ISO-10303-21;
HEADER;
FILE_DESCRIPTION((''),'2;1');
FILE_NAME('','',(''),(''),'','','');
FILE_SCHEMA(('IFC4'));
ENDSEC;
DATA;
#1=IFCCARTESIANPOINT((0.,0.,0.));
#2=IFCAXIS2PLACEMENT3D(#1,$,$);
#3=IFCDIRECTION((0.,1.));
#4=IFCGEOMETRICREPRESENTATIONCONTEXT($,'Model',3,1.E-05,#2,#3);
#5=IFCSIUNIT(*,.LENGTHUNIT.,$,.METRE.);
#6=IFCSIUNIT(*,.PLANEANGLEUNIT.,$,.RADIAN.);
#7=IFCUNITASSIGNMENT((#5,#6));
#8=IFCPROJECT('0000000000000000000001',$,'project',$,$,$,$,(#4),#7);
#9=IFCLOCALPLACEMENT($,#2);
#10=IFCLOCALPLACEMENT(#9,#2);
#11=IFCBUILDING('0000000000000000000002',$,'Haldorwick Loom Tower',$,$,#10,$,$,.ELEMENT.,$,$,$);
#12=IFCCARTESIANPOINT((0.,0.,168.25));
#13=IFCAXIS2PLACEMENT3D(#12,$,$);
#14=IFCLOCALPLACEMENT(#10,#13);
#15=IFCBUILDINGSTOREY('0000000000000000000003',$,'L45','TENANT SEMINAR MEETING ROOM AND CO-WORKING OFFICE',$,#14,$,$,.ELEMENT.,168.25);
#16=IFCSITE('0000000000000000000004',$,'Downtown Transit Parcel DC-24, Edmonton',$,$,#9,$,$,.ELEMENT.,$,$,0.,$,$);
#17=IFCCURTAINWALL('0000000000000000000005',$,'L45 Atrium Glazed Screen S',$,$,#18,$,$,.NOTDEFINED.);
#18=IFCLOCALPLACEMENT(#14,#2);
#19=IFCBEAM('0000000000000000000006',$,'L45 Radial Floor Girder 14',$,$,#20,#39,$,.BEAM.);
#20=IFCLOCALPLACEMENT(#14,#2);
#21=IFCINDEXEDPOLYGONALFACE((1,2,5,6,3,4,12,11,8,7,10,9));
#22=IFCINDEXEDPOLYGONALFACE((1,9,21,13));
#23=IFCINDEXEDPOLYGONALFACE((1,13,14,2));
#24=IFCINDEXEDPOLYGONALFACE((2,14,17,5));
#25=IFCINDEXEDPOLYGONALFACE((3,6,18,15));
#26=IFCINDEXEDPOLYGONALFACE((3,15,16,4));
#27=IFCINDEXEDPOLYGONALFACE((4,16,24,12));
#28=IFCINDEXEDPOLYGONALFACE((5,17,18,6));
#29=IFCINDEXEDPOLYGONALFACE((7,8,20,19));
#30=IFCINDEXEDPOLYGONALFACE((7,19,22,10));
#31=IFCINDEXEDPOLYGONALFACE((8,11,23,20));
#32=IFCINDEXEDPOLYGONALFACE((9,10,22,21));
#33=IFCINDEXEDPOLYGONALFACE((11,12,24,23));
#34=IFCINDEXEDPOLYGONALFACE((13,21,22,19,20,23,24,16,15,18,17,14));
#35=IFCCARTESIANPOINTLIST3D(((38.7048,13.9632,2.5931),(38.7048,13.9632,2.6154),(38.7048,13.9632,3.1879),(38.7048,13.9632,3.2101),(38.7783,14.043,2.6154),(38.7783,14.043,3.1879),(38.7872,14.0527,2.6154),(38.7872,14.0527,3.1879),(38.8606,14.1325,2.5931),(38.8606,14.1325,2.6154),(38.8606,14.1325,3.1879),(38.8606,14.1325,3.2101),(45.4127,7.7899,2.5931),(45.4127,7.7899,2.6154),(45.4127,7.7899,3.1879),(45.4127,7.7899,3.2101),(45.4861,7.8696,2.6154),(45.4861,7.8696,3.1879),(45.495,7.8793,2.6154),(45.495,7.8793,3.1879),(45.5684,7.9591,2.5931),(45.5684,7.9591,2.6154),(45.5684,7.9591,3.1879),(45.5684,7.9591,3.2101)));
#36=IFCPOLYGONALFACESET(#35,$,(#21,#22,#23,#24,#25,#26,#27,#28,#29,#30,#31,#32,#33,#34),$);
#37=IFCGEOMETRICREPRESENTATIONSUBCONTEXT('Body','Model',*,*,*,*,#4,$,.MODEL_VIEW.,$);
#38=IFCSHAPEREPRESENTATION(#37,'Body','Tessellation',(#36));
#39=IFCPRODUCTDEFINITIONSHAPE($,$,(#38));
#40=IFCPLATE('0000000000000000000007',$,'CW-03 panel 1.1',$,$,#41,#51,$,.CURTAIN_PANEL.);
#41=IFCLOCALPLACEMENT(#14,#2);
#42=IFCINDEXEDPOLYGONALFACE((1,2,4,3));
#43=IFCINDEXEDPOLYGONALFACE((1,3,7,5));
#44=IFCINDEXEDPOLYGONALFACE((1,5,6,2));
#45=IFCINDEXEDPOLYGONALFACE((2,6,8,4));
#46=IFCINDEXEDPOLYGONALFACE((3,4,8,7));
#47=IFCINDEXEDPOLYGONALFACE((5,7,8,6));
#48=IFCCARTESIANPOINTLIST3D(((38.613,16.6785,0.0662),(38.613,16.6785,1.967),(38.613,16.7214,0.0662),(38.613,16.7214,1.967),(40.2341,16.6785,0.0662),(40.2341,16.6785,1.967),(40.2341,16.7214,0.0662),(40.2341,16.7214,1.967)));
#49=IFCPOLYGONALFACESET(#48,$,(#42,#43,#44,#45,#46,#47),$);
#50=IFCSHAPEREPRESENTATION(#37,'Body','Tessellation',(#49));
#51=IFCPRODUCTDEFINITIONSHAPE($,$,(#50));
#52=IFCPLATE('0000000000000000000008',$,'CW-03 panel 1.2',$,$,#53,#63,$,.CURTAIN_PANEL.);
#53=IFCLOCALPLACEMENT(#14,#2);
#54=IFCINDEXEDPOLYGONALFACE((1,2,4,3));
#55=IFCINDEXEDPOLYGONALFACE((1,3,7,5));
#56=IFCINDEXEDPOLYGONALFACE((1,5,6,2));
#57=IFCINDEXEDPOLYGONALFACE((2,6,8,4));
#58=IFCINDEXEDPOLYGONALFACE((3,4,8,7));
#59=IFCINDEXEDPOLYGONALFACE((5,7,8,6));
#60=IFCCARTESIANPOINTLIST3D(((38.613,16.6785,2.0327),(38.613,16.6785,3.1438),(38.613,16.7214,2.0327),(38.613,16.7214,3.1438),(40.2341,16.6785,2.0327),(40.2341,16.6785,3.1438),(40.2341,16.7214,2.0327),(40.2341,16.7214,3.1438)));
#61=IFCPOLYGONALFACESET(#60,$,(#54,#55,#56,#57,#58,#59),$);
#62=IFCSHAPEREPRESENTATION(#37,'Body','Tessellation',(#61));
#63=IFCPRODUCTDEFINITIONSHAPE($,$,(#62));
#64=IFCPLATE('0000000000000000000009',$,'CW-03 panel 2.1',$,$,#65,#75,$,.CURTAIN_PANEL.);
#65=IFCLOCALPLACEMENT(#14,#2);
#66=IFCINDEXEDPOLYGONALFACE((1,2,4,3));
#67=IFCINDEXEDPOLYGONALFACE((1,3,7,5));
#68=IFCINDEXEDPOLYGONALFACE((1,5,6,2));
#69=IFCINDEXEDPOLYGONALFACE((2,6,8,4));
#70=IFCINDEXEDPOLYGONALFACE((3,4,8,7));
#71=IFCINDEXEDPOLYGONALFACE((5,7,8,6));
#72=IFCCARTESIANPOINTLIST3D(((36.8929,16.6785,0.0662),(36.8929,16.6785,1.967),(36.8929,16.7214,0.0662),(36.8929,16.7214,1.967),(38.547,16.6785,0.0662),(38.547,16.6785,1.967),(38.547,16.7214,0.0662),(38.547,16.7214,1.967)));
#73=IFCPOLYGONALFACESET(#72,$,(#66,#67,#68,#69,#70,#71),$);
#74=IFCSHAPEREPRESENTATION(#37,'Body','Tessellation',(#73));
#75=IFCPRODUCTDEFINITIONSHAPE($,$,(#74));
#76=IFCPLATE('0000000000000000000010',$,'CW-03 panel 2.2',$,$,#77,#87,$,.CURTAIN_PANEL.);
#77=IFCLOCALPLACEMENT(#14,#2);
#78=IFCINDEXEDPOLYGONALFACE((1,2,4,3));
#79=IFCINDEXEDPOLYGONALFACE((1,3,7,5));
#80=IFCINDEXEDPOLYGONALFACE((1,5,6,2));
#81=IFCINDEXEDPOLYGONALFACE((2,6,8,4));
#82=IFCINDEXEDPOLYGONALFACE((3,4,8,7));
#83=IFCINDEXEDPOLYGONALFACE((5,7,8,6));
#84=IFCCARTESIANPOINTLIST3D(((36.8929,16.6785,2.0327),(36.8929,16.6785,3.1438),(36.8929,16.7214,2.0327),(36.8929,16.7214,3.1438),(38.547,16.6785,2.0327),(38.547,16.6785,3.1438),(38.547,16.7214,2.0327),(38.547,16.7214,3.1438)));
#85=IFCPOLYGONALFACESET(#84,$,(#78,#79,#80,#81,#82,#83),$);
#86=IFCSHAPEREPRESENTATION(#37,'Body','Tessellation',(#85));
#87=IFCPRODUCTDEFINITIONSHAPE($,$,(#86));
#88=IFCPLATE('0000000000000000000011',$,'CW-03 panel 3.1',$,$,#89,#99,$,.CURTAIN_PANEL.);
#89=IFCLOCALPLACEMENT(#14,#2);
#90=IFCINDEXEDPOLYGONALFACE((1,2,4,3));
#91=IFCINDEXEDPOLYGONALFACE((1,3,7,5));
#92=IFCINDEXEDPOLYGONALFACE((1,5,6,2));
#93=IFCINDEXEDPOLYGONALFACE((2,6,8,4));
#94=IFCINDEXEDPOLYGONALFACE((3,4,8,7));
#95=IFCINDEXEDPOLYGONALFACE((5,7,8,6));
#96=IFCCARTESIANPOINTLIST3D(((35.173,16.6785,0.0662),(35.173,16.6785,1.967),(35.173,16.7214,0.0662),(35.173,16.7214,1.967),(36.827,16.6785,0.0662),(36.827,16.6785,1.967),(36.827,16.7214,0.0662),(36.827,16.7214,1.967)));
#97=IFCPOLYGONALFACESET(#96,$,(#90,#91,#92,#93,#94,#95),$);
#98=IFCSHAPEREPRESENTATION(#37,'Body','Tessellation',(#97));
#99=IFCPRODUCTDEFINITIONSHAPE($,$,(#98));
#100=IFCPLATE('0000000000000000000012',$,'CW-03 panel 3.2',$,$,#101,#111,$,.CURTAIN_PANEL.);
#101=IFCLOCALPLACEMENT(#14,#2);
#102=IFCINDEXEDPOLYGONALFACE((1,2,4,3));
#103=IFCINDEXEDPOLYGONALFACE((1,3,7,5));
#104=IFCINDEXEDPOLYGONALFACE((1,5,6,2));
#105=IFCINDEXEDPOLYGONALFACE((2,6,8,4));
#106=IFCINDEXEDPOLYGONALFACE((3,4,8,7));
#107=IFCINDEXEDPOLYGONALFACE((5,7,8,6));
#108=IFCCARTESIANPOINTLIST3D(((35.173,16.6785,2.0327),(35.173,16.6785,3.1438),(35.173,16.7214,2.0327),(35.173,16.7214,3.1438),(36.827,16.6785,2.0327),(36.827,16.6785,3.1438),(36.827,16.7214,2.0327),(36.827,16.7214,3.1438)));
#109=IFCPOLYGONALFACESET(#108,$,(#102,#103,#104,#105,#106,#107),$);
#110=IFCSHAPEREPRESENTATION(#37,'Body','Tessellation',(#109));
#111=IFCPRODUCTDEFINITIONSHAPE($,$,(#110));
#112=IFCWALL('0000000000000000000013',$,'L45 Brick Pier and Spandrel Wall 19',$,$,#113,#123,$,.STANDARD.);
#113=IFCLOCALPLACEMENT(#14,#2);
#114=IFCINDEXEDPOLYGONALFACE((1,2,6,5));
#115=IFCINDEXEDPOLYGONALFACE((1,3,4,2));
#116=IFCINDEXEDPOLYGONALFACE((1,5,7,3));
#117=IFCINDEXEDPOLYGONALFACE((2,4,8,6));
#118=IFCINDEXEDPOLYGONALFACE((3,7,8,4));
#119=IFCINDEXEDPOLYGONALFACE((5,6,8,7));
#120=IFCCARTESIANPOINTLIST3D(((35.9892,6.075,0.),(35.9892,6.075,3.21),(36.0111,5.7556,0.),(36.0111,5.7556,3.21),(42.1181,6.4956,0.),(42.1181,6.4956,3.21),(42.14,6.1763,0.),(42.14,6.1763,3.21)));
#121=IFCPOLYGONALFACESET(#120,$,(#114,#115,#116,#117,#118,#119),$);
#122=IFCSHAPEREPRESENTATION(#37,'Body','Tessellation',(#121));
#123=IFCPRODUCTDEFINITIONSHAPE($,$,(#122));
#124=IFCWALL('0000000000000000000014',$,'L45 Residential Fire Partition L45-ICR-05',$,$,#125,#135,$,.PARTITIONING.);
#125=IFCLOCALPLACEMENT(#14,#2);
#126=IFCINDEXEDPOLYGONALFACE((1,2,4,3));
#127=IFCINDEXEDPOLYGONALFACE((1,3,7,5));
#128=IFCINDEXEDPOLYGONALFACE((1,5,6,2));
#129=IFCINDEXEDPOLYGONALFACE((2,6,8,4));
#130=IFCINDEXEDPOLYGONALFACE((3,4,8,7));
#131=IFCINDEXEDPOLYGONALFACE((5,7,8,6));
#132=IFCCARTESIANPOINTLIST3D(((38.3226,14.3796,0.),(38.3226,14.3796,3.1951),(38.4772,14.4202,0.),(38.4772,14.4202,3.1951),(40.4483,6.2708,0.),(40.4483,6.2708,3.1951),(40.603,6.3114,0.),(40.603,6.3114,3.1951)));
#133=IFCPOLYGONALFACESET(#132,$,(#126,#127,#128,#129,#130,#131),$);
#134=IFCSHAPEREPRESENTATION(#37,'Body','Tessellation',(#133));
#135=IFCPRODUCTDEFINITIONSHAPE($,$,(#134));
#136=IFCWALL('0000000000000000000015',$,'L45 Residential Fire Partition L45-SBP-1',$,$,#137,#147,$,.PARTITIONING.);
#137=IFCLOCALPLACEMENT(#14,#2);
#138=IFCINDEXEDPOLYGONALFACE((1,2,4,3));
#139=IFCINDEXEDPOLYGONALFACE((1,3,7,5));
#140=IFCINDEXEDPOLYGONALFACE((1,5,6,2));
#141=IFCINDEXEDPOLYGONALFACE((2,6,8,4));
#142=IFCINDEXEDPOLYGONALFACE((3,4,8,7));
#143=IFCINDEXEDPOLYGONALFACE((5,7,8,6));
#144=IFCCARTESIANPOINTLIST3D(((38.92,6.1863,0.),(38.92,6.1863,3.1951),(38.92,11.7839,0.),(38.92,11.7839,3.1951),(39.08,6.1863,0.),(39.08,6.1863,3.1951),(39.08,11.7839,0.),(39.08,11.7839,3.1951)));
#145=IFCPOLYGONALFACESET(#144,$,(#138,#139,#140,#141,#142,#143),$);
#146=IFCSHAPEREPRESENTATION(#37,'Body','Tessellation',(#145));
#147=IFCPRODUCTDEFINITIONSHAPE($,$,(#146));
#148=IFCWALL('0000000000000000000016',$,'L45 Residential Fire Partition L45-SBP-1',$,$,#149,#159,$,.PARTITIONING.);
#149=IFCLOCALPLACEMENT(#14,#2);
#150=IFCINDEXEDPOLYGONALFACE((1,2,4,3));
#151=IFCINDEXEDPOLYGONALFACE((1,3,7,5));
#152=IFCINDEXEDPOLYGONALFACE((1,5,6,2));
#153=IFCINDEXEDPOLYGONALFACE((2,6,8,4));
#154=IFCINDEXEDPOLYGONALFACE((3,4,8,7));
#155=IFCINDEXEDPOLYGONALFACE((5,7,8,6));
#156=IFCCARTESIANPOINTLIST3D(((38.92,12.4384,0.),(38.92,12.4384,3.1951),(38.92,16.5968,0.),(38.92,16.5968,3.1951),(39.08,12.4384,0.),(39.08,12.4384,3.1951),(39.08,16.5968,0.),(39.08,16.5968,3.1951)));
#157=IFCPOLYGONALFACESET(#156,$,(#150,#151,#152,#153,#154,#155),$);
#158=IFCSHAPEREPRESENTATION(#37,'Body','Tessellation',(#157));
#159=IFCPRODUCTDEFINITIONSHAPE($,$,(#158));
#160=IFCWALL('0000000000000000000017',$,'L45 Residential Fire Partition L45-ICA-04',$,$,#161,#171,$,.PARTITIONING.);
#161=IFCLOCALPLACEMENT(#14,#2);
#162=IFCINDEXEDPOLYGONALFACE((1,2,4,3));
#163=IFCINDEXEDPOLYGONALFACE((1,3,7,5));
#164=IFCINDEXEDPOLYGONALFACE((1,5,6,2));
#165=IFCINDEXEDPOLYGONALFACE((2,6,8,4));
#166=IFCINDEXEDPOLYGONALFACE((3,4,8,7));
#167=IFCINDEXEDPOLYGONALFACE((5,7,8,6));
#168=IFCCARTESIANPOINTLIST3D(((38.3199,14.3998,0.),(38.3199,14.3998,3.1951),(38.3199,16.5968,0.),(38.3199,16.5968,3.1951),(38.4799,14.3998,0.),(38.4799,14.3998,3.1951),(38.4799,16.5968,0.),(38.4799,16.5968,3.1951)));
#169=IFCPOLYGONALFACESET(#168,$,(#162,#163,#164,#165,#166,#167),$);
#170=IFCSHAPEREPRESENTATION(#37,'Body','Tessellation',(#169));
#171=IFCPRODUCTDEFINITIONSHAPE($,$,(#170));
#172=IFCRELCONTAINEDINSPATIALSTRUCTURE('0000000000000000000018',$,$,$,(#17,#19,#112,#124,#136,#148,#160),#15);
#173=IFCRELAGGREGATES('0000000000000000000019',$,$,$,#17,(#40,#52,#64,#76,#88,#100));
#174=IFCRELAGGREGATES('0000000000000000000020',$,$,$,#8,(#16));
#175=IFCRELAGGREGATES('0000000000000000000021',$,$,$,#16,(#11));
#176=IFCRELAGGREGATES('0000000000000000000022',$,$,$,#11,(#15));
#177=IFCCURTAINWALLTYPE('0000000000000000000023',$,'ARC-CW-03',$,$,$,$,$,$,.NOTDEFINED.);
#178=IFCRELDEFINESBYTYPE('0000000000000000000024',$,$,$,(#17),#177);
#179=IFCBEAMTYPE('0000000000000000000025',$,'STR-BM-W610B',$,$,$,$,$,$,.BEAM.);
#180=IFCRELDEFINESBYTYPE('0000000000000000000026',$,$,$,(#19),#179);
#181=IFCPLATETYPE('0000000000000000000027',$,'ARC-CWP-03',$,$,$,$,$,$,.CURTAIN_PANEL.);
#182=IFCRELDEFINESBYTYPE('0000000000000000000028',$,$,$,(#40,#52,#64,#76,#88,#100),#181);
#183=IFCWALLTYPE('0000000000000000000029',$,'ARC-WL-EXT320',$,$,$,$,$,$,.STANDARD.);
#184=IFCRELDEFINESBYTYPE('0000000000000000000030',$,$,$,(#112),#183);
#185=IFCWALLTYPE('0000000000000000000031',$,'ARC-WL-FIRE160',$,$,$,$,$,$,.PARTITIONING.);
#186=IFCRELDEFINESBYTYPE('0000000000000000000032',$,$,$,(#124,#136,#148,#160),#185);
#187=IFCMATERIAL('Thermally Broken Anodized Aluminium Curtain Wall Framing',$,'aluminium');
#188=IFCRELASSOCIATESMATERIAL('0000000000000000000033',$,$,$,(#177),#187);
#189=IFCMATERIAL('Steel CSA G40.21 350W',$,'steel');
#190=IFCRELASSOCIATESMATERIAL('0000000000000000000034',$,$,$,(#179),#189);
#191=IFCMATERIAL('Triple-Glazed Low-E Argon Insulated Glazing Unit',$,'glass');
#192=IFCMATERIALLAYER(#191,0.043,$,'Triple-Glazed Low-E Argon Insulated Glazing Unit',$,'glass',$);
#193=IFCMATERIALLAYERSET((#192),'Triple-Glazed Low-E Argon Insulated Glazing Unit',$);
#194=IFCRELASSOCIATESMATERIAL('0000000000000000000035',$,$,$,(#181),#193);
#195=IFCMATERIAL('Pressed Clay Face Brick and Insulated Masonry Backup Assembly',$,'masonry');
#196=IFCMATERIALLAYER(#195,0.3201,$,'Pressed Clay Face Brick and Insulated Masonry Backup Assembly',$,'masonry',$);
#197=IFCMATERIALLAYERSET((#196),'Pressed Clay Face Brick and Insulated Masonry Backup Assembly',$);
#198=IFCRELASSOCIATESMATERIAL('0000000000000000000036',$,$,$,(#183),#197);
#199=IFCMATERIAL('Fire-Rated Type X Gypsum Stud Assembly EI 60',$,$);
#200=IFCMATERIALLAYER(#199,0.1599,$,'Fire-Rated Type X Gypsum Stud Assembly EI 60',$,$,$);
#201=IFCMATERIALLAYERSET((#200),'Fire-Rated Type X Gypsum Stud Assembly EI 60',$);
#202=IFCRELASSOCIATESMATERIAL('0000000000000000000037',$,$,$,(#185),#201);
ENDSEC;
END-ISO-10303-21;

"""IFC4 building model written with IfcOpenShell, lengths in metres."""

from ifc_helpers import new_model, si_unit, direction, frame, frame_2d, origin, origin_2d, place, context, subcontext, project, spatial, rectangle, i_section, extrude, material, layer, layer_set, material_profile, profile_set, type_object, element, aggregate, save


model = new_model("IFC4")

# Units and contexts
model_context = context("Model", 3, precision=1e-05, world=origin(), true_north=direction((0.0, 1.0)))
body_context = subcontext(model_context, "Body", "Model", "MODEL_VIEW")
ifc_project = project(units=[si_unit("LENGTHUNIT", "METRE"), si_unit("PLANEANGLEUNIT", "RADIAN")], contexts=[model_context])

# Site, building, storey
site_placement = place(None, origin())
site = spatial("IfcSite", under=ifc_project, at=site_placement, Name="Downtown Transit Parcel DC-24, Edmonton", CompositionType="ELEMENT", RefElevation=0.0)
building_placement = place(site_placement, origin())
building = spatial("IfcBuilding", under=site, at=building_placement, Name="Haldorwick Loom Tower", CompositionType="ELEMENT")
storey_placement = place(building_placement, frame((0.0, 0.0, 168.25)))
storey = spatial("IfcBuildingStorey", under=building, at=storey_placement, Name="L45", Description="TENANT SEMINAR MEETING ROOM AND CO-WORKING OFFICE", CompositionType="ELEMENT", Elevation=168.25)

# Curtain wall
ifc_material_1 = material(Name="Thermally Broken Anodized Aluminium Curtain Wall Framing", Category="aluminium")
curtain_wall_type = type_object("IfcCurtainWallType", Name="ARC-CW-03", PredefinedType="NOTDEFINED", material=ifc_material_1)
curtain_wall_placement = place(storey_placement, origin())
curtain_wall = element("IfcCurtainWall", 1, at=curtain_wall_placement, inside=storey, type_object=curtain_wall_type, Name="L45 Atrium Glazed Screen S", PredefinedType="NOTDEFINED")

# Beam
ifc_material_2 = material(Name="Steel CSA G40.21 350W", Category="steel")
ifc_material_profile_1 = material_profile(ifc_material_2, i_section(OverallWidth=0.23, OverallDepth=0.6169, WebThickness=0.0132, FlangeThickness=0.0222, at=origin_2d()), Name="W610X140", Category="steel")
ifc_profile_set_1 = profile_set([ifc_material_profile_1], Name="Steel CSA G40.21 350W")
beam_type_1 = type_object("IfcBeamType", Name="STR-BM-W610B", PredefinedType="BEAM", material=ifc_profile_set_1)
beam_1_placement = place(storey_placement, frame((38.7827, 14.0479, 2.9016), z_axis=(0.735811, -0.677187, 0.0), x_axis=(0.677187, 0.735811, 0.0)))
element("IfcBeam", 2, at=beam_1_placement, inside=storey, type_object=beam_type_1, Name="L45 Radial Floor Girder 14", PredefinedType="BEAM", context=body_context, shape_type="SweptSolid", body=[
    extrude(i_section(OverallWidth=0.23, OverallDepth=0.6169, WebThickness=0.0132, FlangeThickness=0.0222, at=origin_2d()), origin(), (0.0, 0.0, 1.0), 9.1162),
])

# Plates
ifc_material_3 = material(Name="Triple-Glazed Low-E Argon Insulated Glazing Unit", Category="glass")
ifc_layer_1 = layer(ifc_material_3, 0.043, Name="Triple-Glazed Low-E Argon Insulated Glazing Unit", Category="glass")
ifc_layer_set_1 = layer_set([ifc_layer_1], Name="Triple-Glazed Low-E Argon Insulated Glazing Unit")
plate_type = type_object("IfcPlateType", Name="ARC-CWP-03", PredefinedType="CURTAIN_PANEL", material=ifc_layer_set_1)
plate_1_placement = place(storey_placement, frame((39.4236, 16.7, 0.0662), z_axis=(0.0, 0.0, 1.0), x_axis=(-1.0, 0.0, 0.0)))
plate_1 = element("IfcPlate", 3, at=plate_1_placement, type_object=plate_type, Name="CW-03 panel 1.1", PredefinedType="CURTAIN_PANEL", context=body_context, shape_type="SweptSolid", body=[
    extrude(rectangle(XDim=1.6211, YDim=0.043, at=origin_2d()), origin(), (0.0, 0.0, 1.0), 1.9009),
])
plate_2_placement = place(storey_placement, frame((39.4236, 16.7, 2.0327), z_axis=(0.0, 0.0, 1.0), x_axis=(-1.0, 0.0, 0.0)))
plate_2 = element("IfcPlate", 4, at=plate_2_placement, type_object=plate_type, Name="CW-03 panel 1.2", PredefinedType="CURTAIN_PANEL", context=body_context, shape_type="SweptSolid", body=[
    extrude(rectangle(XDim=1.6211, YDim=0.043, at=origin_2d()), origin(), (0.0, 0.0, 1.0), 1.1111),
])
plate_3_placement = place(storey_placement, frame((37.72, 16.7, 0.0662), z_axis=(0.0, 0.0, 1.0), x_axis=(-1.0, 0.0, 0.0)))
plate_3 = element("IfcPlate", 5, at=plate_3_placement, type_object=plate_type, Name="CW-03 panel 2.1", PredefinedType="CURTAIN_PANEL", context=body_context, shape_type="SweptSolid", body=[
    extrude(rectangle(XDim=1.6541, YDim=0.043, at=origin_2d()), origin(), (0.0, 0.0, 1.0), 1.9009),
])
plate_4_placement = place(storey_placement, frame((37.72, 16.7, 2.0327), z_axis=(0.0, 0.0, 1.0), x_axis=(-1.0, 0.0, 0.0)))
plate_4 = element("IfcPlate", 6, at=plate_4_placement, type_object=plate_type, Name="CW-03 panel 2.2", PredefinedType="CURTAIN_PANEL", context=body_context, shape_type="SweptSolid", body=[
    extrude(rectangle(XDim=1.6541, YDim=0.043, at=origin_2d()), origin(), (0.0, 0.0, 1.0), 1.1111),
])
plate_5_placement = place(storey_placement, frame((36.0, 16.7, 0.0662), z_axis=(0.0, 0.0, 1.0), x_axis=(-1.0, 0.0, 0.0)))
plate_5 = element("IfcPlate", 7, at=plate_5_placement, type_object=plate_type, Name="CW-03 panel 3.1", PredefinedType="CURTAIN_PANEL", context=body_context, shape_type="SweptSolid", body=[
    extrude(rectangle(XDim=1.6541, YDim=0.043, at=origin_2d()), origin(), (0.0, 0.0, 1.0), 1.9009),
])
plate_6_placement = place(storey_placement, frame((36.0, 16.7, 2.0327), z_axis=(0.0, 0.0, 1.0), x_axis=(-1.0, 0.0, 0.0)))
plate_6 = element("IfcPlate", 8, at=plate_6_placement, type_object=plate_type, Name="CW-03 panel 3.2", PredefinedType="CURTAIN_PANEL", context=body_context, shape_type="SweptSolid", body=[
    extrude(rectangle(XDim=1.6541, YDim=0.043, at=origin_2d()), origin(), (0.0, 0.0, 1.0), 1.1111),
])
aggregate(curtain_wall, [plate_1, plate_2, plate_3, plate_4, plate_5, plate_6])

# Walls
ifc_material_4 = material(Name="Pressed Clay Face Brick and Insulated Masonry Backup Assembly", Category="masonry")
ifc_layer_2 = layer(ifc_material_4, 0.3201, Name="Pressed Clay Face Brick and Insulated Masonry Backup Assembly", Category="masonry")
ifc_layer_set_2 = layer_set([ifc_layer_2], Name="Pressed Clay Face Brick and Insulated Masonry Backup Assembly")
wall_type_1 = type_object("IfcWallType", Name="ARC-WL-EXT320", PredefinedType="STANDARD", material=ifc_layer_set_2)
wall_1_placement = place(storey_placement, frame((36.0, 5.9153, 0.0), z_axis=(0.0, 0.0, 1.0), x_axis=(0.997653, 0.068473, 0.0)))
element("IfcWall", 9, at=wall_1_placement, inside=storey, type_object=wall_type_1, Name="L45 Brick Pier and Spandrel Wall 19", PredefinedType="STANDARD", context=body_context, shape_type="SweptSolid", body=[
    extrude(rectangle(XDim=6.1433, YDim=0.3201, at=frame_2d((3.0718, 0.0))), origin(), (0.0, 0.0, 1.0), 3.21),
])
ifc_material_5 = material(Name="Fire-Rated Type X Gypsum Stud Assembly EI 60")
ifc_layer_3 = layer(ifc_material_5, 0.1599, Name="Fire-Rated Type X Gypsum Stud Assembly EI 60")
ifc_layer_set_3 = layer_set([ifc_layer_3], Name="Fire-Rated Type X Gypsum Stud Assembly EI 60")
wall_type_2 = type_object("IfcWallType", Name="ARC-WL-FIRE160", PredefinedType="PARTITIONING", material=ifc_layer_set_3)
wall_2_placement = place(storey_placement, frame((38.3999, 14.3999, 0.0), z_axis=(0.0, 0.0, 1.0), x_axis=(0.25358, -0.967314, 0.0)))
element("IfcWall", 10, at=wall_2_placement, inside=storey, type_object=wall_type_2, Name="L45 Residential Fire Partition L45-ICR-05", PredefinedType="PARTITIONING", context=body_context, shape_type="SweptSolid", body=[
    extrude(rectangle(XDim=8.3828, YDim=0.1599, at=frame_2d((4.1914, 0.0))), origin(), (0.0, 0.0, 1.0), 3.1951),
])
wall_3_placement = place(storey_placement, frame((39.0, 6.1863, 0.0), z_axis=(0.0, 0.0, 1.0), x_axis=(0.0, 1.0, 0.0)))
element("IfcWall", 11, at=wall_3_placement, inside=storey, type_object=wall_type_2, Name="L45 Residential Fire Partition L45-SBP-1", PredefinedType="PARTITIONING", context=body_context, shape_type="SweptSolid", body=[
    extrude(rectangle(XDim=5.5977, YDim=0.1599, at=frame_2d((2.7988, 0.0))), origin(), (0.0, 0.0, 1.0), 3.1951),
])
wall_4_placement = place(storey_placement, frame((39.0, 12.4385, 0.0), z_axis=(0.0, 0.0, 1.0), x_axis=(0.0, 1.0, 0.0)))
element("IfcWall", 12, at=wall_4_placement, inside=storey, type_object=wall_type_2, Name="L45 Residential Fire Partition L45-SBP-1", PredefinedType="PARTITIONING", context=body_context, shape_type="SweptSolid", body=[
    extrude(rectangle(XDim=4.1584, YDim=0.1599, at=frame_2d((2.0791, 0.0))), origin(), (0.0, 0.0, 1.0), 3.1951),
])
wall_5_placement = place(storey_placement, frame((38.3999, 16.5969, 0.0), z_axis=(0.0, 0.0, 1.0), x_axis=(0.0, -1.0, 0.0)))
element("IfcWall", 13, at=wall_5_placement, inside=storey, type_object=wall_type_2, Name="L45 Residential Fire Partition L45-ICA-04", PredefinedType="PARTITIONING", context=body_context, shape_type="SweptSolid", body=[
    extrude(rectangle(XDim=2.197, YDim=0.1599, at=frame_2d((1.0986, 0.0))), origin(), (0.0, 0.0, 1.0), 3.1951),
])

save(model, "model.ifc")
